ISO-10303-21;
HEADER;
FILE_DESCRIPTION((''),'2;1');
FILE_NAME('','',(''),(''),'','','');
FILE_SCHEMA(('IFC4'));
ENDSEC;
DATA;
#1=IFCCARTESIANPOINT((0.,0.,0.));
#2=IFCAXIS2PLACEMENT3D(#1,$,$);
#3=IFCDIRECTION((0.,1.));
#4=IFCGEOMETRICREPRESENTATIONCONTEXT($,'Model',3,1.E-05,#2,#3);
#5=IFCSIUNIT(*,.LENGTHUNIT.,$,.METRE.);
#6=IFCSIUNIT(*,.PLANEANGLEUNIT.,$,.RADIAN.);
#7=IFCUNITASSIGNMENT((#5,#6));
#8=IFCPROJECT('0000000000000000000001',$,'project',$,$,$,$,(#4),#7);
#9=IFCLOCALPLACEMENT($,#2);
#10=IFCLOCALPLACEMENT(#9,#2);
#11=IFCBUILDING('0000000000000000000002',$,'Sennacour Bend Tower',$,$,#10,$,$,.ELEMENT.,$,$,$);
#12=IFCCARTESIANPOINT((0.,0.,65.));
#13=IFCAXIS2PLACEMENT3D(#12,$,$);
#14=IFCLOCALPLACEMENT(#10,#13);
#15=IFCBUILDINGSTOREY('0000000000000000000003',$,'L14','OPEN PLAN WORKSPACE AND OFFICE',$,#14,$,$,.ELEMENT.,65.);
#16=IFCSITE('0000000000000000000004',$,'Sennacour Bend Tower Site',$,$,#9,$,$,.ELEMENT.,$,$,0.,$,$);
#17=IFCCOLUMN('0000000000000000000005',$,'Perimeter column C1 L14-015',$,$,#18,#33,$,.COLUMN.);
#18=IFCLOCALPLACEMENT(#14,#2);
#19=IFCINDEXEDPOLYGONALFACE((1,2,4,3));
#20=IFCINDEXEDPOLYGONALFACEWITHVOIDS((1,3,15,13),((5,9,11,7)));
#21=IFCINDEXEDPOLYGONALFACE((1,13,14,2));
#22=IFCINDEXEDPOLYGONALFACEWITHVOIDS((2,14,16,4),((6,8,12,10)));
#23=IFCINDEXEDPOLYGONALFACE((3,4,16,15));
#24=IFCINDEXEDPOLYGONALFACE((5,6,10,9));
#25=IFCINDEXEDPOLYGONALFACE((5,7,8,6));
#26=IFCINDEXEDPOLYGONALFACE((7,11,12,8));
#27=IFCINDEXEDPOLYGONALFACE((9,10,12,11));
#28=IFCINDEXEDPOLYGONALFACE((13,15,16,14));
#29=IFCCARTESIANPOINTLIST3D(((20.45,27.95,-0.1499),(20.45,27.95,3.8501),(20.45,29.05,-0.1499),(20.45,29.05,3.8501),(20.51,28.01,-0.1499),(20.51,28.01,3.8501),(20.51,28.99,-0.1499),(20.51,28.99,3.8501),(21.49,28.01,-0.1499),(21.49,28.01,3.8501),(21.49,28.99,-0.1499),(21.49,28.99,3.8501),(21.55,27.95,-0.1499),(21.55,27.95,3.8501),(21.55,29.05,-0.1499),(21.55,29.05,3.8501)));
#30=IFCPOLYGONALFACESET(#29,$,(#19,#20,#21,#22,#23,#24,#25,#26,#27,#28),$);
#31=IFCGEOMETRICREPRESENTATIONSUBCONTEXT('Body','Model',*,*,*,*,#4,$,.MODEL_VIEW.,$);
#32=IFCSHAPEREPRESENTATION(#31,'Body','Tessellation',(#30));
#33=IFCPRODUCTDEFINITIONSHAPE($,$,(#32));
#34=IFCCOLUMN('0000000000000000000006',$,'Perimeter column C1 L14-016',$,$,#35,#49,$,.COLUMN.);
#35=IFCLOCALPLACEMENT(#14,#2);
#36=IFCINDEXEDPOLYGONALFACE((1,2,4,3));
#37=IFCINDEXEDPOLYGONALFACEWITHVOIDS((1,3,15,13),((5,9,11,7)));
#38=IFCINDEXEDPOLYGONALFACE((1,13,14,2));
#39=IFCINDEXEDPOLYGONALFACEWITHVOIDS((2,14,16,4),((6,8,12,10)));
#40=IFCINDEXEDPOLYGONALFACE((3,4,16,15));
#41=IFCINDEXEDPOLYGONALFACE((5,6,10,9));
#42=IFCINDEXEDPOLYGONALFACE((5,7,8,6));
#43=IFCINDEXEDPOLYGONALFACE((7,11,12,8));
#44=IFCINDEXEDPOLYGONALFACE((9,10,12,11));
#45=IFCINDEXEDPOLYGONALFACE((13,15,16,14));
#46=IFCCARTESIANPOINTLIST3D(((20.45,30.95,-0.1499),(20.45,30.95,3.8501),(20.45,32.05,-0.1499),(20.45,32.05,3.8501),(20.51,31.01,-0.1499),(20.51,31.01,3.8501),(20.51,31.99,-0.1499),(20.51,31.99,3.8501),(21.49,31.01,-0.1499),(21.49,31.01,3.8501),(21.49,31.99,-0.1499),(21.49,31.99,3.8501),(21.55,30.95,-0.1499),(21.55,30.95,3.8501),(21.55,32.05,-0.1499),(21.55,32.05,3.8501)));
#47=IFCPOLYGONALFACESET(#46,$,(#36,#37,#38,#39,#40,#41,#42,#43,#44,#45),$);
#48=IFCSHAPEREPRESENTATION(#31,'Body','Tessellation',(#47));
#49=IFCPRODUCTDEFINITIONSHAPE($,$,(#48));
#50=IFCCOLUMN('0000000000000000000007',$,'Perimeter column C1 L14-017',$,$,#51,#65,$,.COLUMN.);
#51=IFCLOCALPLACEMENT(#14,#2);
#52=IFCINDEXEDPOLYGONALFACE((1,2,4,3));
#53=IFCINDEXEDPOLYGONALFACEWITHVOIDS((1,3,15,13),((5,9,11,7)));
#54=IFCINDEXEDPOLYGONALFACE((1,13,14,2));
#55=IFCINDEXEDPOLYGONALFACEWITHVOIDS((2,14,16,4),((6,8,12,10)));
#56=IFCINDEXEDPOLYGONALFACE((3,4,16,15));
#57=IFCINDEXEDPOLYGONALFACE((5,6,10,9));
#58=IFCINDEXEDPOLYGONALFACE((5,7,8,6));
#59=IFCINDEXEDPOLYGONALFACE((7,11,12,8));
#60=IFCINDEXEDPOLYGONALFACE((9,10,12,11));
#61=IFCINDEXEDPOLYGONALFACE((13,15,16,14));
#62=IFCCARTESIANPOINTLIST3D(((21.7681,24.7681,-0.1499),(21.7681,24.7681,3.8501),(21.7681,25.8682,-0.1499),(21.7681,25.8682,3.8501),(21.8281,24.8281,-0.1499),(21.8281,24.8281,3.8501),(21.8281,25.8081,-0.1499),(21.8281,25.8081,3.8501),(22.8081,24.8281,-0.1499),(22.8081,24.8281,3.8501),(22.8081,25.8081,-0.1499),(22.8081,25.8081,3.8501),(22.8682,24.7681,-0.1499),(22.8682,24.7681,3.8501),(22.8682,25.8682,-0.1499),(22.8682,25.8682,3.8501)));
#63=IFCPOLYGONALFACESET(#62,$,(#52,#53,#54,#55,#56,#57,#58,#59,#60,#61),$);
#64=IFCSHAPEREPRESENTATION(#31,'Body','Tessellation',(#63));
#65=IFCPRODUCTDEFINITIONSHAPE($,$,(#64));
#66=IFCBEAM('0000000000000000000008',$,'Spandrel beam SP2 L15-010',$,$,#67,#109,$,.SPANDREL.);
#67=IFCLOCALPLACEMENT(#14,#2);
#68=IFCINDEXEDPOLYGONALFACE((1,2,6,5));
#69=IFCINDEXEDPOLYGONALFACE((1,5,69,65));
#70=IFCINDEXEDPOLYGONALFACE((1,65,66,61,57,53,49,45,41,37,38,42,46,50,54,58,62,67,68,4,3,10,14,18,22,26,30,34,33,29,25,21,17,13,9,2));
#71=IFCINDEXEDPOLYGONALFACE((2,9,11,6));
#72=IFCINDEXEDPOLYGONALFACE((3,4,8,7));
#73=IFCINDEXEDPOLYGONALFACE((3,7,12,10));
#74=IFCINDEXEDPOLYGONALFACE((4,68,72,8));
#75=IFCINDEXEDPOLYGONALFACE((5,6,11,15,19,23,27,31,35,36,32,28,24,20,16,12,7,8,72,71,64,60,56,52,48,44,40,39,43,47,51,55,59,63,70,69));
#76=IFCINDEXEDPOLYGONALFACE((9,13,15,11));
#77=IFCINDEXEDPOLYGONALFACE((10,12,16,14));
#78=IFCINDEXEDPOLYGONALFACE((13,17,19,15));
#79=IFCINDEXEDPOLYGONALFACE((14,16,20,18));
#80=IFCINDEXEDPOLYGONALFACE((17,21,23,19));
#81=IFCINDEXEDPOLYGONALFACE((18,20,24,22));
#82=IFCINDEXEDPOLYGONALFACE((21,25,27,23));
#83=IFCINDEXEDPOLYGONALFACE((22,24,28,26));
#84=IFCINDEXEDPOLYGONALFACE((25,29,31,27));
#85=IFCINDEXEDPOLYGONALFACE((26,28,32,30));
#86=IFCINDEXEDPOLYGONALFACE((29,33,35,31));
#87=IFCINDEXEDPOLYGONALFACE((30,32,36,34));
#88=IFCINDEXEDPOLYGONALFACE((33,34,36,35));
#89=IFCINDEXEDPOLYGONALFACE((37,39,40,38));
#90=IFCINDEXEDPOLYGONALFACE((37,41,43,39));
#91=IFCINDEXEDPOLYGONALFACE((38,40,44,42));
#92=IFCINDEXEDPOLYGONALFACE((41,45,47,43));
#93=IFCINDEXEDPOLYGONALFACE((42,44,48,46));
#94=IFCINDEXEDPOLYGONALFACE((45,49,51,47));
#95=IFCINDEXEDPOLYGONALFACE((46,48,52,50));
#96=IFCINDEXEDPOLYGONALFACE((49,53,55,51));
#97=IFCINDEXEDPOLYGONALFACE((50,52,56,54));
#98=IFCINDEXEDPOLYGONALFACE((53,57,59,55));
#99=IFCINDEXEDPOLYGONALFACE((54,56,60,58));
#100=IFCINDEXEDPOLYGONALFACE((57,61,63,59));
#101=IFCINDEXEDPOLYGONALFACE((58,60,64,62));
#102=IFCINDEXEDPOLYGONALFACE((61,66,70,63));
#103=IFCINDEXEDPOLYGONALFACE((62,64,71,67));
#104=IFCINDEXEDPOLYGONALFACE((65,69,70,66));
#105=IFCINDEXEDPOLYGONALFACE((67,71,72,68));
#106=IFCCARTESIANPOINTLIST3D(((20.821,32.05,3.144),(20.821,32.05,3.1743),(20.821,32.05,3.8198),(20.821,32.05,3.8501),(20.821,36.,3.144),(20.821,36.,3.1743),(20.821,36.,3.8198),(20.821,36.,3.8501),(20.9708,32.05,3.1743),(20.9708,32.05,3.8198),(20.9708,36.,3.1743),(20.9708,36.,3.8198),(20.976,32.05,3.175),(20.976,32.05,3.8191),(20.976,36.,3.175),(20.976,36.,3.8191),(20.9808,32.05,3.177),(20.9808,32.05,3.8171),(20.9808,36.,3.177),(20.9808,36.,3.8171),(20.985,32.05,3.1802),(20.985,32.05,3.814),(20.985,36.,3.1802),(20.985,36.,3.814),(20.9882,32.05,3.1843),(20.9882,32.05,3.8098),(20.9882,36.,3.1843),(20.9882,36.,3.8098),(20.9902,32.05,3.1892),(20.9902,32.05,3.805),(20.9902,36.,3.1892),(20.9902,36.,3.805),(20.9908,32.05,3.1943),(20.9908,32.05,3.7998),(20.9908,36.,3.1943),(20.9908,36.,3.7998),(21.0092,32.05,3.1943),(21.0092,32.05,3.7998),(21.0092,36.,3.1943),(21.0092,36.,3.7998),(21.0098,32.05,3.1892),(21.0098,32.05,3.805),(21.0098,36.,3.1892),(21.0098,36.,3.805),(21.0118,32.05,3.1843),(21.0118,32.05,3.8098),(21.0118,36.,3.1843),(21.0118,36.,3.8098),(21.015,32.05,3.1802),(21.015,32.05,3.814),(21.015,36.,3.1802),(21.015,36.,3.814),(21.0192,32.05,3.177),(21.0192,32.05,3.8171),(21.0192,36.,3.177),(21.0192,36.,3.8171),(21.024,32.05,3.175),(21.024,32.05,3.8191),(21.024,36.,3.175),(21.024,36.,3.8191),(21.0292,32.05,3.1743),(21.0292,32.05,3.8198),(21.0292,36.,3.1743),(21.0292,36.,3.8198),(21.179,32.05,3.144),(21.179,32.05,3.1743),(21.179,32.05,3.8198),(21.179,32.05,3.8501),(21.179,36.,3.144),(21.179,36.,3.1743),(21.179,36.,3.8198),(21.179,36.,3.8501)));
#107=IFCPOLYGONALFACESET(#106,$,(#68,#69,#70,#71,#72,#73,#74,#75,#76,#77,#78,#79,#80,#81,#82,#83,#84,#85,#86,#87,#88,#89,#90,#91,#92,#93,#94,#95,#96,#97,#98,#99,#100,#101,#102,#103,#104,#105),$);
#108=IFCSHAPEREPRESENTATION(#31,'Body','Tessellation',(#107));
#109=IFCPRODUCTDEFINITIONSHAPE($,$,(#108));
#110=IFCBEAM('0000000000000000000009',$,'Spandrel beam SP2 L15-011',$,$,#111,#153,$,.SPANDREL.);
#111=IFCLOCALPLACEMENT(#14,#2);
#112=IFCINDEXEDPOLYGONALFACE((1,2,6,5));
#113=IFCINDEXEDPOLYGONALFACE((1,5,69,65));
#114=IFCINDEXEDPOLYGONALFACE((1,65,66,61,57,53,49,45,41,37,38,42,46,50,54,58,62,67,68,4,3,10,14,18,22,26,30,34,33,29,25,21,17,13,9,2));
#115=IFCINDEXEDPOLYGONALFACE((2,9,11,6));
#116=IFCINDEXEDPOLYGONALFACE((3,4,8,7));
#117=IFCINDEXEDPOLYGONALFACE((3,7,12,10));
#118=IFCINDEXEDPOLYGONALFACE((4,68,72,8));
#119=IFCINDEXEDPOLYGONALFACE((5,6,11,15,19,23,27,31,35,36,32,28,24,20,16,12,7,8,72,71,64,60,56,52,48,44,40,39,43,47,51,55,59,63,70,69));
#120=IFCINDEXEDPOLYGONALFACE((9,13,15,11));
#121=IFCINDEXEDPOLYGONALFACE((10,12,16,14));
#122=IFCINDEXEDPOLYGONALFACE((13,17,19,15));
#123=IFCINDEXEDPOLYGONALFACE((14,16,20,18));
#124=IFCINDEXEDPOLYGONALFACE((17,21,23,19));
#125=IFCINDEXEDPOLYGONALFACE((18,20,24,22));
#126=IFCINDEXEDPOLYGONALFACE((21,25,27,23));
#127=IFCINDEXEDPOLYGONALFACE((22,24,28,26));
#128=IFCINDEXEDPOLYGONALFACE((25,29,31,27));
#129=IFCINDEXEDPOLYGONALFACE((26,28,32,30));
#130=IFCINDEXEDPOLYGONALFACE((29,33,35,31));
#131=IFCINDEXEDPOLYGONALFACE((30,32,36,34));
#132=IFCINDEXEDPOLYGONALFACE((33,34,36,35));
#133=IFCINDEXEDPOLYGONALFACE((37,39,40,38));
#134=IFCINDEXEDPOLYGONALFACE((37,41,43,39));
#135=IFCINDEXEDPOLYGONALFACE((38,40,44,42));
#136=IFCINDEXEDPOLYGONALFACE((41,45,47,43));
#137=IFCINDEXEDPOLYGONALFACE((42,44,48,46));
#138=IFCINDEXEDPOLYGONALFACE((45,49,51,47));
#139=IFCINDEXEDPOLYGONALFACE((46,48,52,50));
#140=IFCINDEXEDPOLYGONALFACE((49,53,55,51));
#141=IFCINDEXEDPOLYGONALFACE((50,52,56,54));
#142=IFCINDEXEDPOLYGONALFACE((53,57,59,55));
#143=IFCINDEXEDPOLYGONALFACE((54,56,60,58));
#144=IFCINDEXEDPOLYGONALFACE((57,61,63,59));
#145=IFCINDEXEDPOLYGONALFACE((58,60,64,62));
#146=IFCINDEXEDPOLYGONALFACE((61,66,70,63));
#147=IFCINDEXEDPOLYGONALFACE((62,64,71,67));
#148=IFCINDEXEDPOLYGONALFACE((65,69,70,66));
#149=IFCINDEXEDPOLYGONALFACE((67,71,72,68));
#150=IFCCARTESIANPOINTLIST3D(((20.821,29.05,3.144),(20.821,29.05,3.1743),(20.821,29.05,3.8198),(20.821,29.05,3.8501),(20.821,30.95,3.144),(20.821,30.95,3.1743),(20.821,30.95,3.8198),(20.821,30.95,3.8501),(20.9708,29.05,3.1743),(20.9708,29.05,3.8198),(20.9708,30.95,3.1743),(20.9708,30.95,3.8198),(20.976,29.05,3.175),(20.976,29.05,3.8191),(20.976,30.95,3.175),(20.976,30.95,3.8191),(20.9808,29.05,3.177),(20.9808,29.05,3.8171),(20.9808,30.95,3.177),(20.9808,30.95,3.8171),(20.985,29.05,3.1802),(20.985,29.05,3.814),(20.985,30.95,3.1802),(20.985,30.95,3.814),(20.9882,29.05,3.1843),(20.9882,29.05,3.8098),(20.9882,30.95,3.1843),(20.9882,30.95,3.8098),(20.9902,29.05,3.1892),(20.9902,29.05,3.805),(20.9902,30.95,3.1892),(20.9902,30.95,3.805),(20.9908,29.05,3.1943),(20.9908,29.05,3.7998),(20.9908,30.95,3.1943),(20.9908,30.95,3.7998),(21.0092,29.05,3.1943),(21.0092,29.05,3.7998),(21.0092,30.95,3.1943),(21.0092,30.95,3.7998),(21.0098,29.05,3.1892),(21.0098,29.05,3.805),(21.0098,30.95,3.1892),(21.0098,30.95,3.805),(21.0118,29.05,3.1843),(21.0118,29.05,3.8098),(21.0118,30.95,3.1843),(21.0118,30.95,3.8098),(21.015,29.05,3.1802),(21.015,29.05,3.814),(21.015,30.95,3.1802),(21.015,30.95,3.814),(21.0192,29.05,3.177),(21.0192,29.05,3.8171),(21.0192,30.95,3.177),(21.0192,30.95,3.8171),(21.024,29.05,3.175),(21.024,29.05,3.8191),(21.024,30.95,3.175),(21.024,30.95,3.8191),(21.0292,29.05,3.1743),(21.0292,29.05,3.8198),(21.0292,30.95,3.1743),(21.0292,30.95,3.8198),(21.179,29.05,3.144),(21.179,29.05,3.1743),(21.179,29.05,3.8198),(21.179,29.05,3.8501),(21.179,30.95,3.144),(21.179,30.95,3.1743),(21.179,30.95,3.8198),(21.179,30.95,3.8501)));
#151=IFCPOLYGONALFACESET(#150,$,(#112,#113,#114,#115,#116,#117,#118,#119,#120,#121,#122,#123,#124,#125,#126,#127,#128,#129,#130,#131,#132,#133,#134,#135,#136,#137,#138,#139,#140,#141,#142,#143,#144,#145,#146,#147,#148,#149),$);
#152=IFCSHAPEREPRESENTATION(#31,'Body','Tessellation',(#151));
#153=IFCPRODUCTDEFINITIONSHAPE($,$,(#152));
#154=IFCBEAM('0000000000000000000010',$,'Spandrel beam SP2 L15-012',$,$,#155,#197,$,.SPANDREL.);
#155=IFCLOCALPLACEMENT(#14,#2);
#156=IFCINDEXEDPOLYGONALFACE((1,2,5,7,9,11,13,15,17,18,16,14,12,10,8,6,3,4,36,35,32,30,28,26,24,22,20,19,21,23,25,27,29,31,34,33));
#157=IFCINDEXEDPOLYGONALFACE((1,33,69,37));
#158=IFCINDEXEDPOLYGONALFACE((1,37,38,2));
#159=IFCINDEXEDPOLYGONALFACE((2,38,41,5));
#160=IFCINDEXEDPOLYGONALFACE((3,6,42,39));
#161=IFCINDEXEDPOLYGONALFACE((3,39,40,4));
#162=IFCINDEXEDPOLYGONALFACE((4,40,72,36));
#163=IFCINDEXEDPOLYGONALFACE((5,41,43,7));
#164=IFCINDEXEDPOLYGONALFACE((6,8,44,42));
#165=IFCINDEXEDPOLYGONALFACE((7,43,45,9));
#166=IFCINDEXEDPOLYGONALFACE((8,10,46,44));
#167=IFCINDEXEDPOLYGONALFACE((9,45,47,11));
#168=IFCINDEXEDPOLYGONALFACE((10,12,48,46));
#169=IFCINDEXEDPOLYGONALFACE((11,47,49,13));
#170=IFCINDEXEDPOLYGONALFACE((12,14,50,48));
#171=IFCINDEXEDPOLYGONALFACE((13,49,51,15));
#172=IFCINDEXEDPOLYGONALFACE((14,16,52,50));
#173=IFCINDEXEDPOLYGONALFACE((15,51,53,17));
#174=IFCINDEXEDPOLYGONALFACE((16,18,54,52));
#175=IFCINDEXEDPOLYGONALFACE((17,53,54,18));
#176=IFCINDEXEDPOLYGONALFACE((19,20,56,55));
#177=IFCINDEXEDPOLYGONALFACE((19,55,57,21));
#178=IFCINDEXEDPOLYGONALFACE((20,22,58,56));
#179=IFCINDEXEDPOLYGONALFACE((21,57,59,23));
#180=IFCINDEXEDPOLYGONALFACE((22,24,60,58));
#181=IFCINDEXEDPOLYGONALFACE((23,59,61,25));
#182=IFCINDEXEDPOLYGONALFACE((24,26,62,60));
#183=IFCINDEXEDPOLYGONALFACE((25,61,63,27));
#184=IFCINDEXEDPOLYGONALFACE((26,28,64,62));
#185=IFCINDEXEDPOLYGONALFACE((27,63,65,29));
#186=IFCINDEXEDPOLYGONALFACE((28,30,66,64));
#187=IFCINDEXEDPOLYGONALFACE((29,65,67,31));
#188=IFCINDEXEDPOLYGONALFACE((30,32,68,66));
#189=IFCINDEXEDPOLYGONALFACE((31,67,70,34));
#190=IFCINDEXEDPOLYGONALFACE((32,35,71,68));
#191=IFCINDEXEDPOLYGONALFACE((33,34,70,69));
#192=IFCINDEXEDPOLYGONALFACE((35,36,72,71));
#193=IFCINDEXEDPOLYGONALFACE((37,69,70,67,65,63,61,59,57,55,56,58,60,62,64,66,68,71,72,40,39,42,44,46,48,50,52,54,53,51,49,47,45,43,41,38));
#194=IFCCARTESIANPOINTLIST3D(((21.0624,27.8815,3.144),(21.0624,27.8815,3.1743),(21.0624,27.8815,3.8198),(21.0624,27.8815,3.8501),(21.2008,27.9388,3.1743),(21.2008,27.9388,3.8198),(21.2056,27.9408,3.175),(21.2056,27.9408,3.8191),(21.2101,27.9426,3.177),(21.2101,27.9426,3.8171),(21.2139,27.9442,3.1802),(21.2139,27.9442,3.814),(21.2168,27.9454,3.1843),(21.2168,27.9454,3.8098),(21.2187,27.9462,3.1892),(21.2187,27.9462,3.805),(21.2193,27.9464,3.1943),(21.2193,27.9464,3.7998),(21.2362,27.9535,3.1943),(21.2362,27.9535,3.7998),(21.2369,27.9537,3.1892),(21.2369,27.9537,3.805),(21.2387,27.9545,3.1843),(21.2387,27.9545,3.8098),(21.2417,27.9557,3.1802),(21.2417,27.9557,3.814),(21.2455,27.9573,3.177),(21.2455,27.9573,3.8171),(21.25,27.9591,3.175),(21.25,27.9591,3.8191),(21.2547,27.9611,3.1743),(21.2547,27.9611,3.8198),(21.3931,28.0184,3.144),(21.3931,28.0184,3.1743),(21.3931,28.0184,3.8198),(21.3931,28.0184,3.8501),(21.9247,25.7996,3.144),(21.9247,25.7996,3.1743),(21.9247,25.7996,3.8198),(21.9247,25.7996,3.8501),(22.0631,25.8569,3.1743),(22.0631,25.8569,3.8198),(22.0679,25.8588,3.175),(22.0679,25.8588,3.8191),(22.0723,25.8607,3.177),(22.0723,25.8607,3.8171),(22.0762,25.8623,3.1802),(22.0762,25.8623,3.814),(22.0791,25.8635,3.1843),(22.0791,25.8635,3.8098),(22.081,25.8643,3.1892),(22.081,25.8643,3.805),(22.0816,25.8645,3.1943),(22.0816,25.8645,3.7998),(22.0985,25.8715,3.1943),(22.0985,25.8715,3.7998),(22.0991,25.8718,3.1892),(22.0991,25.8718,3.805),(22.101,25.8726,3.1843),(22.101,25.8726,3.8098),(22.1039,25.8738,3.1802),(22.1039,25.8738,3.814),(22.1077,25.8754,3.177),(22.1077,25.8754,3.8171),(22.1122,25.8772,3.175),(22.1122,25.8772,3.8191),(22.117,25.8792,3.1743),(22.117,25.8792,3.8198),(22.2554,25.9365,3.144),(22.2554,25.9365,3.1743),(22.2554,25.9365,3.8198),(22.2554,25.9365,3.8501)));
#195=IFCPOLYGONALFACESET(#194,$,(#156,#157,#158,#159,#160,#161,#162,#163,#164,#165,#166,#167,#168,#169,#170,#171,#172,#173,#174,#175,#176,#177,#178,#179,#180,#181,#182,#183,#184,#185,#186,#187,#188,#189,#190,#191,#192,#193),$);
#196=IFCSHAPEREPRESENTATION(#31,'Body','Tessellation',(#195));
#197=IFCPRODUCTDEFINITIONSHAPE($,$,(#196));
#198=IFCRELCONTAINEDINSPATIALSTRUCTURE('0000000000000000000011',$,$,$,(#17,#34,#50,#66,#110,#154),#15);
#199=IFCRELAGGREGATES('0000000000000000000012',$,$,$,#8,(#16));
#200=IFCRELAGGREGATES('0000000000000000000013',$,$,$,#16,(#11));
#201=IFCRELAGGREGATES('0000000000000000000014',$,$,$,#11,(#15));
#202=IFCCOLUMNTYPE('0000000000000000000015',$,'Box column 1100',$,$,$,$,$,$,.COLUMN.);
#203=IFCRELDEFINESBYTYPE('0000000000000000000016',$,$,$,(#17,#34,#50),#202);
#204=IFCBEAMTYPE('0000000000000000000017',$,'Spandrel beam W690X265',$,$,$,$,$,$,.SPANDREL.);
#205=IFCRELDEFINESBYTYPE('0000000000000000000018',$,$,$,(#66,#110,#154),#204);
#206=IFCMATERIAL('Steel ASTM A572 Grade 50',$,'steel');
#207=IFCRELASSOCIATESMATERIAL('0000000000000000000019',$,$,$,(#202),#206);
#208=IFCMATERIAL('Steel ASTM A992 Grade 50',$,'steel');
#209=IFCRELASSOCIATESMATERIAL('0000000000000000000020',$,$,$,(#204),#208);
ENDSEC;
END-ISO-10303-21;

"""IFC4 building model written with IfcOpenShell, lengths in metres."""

from ifc_helpers import new_model, si_unit, direction, frame, origin, origin_2d, place, context, subcontext, project, spatial, hollow_rectangle, i_section, extrude, material, material_profile, profile_set, type_object, element, save


model = new_model("IFC4")

# Units and contexts
model_context = context("Model", 3, precision=1e-05, world=origin(), true_north=direction((0.0, 1.0)))
body_context = subcontext(model_context, "Body", "Model", "MODEL_VIEW")
ifc_project = project(units=[si_unit("LENGTHUNIT", "METRE"), si_unit("PLANEANGLEUNIT", "RADIAN")], contexts=[model_context])

# Site, building, storey
site_placement = place(None, origin())
site = spatial("IfcSite", under=ifc_project, at=site_placement, Name="Sennacour Bend Tower Site", CompositionType="ELEMENT", RefElevation=0.0)
building_placement = place(site_placement, origin())
building = spatial("IfcBuilding", under=site, at=building_placement, Name="Sennacour Bend Tower", CompositionType="ELEMENT")
storey_placement = place(building_placement, frame((0.0, 0.0, 65.0)))
storey = spatial("IfcBuildingStorey", under=building, at=storey_placement, Name="L14", Description="OPEN PLAN WORKSPACE AND OFFICE", CompositionType="ELEMENT", Elevation=65.0)

# Columns
ifc_material_1 = material(Name="Steel ASTM A572 Grade 50", Category="steel")
ifc_material_profile_1 = material_profile(ifc_material_1, hollow_rectangle(XDim=1.1001, YDim=1.1001, WallThickness=0.0601, at=origin_2d()), Name="Steel ASTM A572 Grade 50", Category="steel")
ifc_profile_set_1 = profile_set([ifc_material_profile_1], Name="Steel ASTM A572 Grade 50")
column_type = type_object("IfcColumnType", Name="Box column 1100", PredefinedType="COLUMN", material=ifc_profile_set_1)
for number, where, z_axis, x_axis, name in (
    (1, (21.0, 28.5, -0.1499), (0.0, 0.0, 1.0), (1.0, 0.0, 0.0), "Perimeter column C1 L14-015"),
    (2, (21.0, 31.5, -0.1499), (0.0, 0.0, 1.0), (1.0, 0.0, 0.0), "Perimeter column C1 L14-016"),
    (3, (22.3181, 25.3181, -0.1499), (0.0, 0.0, 1.0), (1.0, 0.0, 0.0), "Perimeter column C1 L14-017"),
):
    element("IfcColumn", number, at=place(storey_placement, frame(where, z_axis=z_axis, x_axis=x_axis)), inside=storey, type_object=column_type, Name=name, PredefinedType="COLUMN", context=body_context, shape_type="SweptSolid", body=[
        extrude(hollow_rectangle(XDim=1.1001, YDim=1.1001, WallThickness=0.0601, at=origin_2d()), origin(), (0.0, 0.0, 1.0), 4.0),
    ])

# Beams
ifc_material_2 = material(Name="Steel ASTM A992 Grade 50", Category="steel")
ifc_material_profile_2 = material_profile(ifc_material_2, i_section(OverallWidth=0.3579, OverallDepth=0.7061, WebThickness=0.0183, FlangeThickness=0.0303, FilletRadius=0.02, at=origin_2d()), Name="Steel ASTM A992 Grade 50", Category="steel")
ifc_profile_set_2 = profile_set([ifc_material_profile_2], Name="Steel ASTM A992 Grade 50")
beam_type = type_object("IfcBeamType", Name="Spandrel beam W690X265", PredefinedType="SPANDREL", material=ifc_profile_set_2)
beam_1_placement = place(storey_placement, frame((21.0, 36.0, 3.4971), z_axis=(0.0, -1.0, 0.0), x_axis=(1.0, 0.0, 0.0)))
element("IfcBeam", 4, at=beam_1_placement, inside=storey, type_object=beam_type, Name="Spandrel beam SP2 L15-010", PredefinedType="SPANDREL", context=body_context, shape_type="SweptSolid", body=[
    extrude(i_section(OverallWidth=0.3579, OverallDepth=0.7061, WebThickness=0.0183, FlangeThickness=0.0303, FilletRadius=0.02, at=origin_2d()), origin(), (0.0, 0.0, 1.0), 3.95),
])
beam_2_placement = place(storey_placement, frame((21.0, 30.95, 3.4971), z_axis=(0.0, -1.0, 0.0), x_axis=(1.0, 0.0, 0.0)))
element("IfcBeam", 5, at=beam_2_placement, inside=storey, type_object=beam_type, Name="Spandrel beam SP2 L15-011", PredefinedType="SPANDREL", context=body_context, shape_type="SweptSolid", body=[
    extrude(i_section(OverallWidth=0.3579, OverallDepth=0.7061, WebThickness=0.0183, FlangeThickness=0.0303, FilletRadius=0.02, at=origin_2d()), origin(), (0.0, 0.0, 1.0), 1.8999),
])
for number, where, z_axis, x_axis, name in (
    (6, (21.2278, 27.95, 3.4971), (0.382645, -0.923895, 0.0), (0.923895, 0.382645, 0.0), "Spandrel beam SP2 L15-012"),
):
    element("IfcBeam", number, at=place(storey_placement, frame(where, z_axis=z_axis, x_axis=x_axis)), inside=storey, type_object=beam_type, Name=name, PredefinedType="SPANDREL", context=body_context, shape_type="SweptSolid", body=[
        extrude(i_section(OverallWidth=0.3579, OverallDepth=0.7061, WebThickness=0.0183, FlangeThickness=0.0303, FilletRadius=0.02, at=origin_2d()), origin(), (0.0, 0.0, 1.0), 2.2534),
    ])

save(model, "model.ifc")
